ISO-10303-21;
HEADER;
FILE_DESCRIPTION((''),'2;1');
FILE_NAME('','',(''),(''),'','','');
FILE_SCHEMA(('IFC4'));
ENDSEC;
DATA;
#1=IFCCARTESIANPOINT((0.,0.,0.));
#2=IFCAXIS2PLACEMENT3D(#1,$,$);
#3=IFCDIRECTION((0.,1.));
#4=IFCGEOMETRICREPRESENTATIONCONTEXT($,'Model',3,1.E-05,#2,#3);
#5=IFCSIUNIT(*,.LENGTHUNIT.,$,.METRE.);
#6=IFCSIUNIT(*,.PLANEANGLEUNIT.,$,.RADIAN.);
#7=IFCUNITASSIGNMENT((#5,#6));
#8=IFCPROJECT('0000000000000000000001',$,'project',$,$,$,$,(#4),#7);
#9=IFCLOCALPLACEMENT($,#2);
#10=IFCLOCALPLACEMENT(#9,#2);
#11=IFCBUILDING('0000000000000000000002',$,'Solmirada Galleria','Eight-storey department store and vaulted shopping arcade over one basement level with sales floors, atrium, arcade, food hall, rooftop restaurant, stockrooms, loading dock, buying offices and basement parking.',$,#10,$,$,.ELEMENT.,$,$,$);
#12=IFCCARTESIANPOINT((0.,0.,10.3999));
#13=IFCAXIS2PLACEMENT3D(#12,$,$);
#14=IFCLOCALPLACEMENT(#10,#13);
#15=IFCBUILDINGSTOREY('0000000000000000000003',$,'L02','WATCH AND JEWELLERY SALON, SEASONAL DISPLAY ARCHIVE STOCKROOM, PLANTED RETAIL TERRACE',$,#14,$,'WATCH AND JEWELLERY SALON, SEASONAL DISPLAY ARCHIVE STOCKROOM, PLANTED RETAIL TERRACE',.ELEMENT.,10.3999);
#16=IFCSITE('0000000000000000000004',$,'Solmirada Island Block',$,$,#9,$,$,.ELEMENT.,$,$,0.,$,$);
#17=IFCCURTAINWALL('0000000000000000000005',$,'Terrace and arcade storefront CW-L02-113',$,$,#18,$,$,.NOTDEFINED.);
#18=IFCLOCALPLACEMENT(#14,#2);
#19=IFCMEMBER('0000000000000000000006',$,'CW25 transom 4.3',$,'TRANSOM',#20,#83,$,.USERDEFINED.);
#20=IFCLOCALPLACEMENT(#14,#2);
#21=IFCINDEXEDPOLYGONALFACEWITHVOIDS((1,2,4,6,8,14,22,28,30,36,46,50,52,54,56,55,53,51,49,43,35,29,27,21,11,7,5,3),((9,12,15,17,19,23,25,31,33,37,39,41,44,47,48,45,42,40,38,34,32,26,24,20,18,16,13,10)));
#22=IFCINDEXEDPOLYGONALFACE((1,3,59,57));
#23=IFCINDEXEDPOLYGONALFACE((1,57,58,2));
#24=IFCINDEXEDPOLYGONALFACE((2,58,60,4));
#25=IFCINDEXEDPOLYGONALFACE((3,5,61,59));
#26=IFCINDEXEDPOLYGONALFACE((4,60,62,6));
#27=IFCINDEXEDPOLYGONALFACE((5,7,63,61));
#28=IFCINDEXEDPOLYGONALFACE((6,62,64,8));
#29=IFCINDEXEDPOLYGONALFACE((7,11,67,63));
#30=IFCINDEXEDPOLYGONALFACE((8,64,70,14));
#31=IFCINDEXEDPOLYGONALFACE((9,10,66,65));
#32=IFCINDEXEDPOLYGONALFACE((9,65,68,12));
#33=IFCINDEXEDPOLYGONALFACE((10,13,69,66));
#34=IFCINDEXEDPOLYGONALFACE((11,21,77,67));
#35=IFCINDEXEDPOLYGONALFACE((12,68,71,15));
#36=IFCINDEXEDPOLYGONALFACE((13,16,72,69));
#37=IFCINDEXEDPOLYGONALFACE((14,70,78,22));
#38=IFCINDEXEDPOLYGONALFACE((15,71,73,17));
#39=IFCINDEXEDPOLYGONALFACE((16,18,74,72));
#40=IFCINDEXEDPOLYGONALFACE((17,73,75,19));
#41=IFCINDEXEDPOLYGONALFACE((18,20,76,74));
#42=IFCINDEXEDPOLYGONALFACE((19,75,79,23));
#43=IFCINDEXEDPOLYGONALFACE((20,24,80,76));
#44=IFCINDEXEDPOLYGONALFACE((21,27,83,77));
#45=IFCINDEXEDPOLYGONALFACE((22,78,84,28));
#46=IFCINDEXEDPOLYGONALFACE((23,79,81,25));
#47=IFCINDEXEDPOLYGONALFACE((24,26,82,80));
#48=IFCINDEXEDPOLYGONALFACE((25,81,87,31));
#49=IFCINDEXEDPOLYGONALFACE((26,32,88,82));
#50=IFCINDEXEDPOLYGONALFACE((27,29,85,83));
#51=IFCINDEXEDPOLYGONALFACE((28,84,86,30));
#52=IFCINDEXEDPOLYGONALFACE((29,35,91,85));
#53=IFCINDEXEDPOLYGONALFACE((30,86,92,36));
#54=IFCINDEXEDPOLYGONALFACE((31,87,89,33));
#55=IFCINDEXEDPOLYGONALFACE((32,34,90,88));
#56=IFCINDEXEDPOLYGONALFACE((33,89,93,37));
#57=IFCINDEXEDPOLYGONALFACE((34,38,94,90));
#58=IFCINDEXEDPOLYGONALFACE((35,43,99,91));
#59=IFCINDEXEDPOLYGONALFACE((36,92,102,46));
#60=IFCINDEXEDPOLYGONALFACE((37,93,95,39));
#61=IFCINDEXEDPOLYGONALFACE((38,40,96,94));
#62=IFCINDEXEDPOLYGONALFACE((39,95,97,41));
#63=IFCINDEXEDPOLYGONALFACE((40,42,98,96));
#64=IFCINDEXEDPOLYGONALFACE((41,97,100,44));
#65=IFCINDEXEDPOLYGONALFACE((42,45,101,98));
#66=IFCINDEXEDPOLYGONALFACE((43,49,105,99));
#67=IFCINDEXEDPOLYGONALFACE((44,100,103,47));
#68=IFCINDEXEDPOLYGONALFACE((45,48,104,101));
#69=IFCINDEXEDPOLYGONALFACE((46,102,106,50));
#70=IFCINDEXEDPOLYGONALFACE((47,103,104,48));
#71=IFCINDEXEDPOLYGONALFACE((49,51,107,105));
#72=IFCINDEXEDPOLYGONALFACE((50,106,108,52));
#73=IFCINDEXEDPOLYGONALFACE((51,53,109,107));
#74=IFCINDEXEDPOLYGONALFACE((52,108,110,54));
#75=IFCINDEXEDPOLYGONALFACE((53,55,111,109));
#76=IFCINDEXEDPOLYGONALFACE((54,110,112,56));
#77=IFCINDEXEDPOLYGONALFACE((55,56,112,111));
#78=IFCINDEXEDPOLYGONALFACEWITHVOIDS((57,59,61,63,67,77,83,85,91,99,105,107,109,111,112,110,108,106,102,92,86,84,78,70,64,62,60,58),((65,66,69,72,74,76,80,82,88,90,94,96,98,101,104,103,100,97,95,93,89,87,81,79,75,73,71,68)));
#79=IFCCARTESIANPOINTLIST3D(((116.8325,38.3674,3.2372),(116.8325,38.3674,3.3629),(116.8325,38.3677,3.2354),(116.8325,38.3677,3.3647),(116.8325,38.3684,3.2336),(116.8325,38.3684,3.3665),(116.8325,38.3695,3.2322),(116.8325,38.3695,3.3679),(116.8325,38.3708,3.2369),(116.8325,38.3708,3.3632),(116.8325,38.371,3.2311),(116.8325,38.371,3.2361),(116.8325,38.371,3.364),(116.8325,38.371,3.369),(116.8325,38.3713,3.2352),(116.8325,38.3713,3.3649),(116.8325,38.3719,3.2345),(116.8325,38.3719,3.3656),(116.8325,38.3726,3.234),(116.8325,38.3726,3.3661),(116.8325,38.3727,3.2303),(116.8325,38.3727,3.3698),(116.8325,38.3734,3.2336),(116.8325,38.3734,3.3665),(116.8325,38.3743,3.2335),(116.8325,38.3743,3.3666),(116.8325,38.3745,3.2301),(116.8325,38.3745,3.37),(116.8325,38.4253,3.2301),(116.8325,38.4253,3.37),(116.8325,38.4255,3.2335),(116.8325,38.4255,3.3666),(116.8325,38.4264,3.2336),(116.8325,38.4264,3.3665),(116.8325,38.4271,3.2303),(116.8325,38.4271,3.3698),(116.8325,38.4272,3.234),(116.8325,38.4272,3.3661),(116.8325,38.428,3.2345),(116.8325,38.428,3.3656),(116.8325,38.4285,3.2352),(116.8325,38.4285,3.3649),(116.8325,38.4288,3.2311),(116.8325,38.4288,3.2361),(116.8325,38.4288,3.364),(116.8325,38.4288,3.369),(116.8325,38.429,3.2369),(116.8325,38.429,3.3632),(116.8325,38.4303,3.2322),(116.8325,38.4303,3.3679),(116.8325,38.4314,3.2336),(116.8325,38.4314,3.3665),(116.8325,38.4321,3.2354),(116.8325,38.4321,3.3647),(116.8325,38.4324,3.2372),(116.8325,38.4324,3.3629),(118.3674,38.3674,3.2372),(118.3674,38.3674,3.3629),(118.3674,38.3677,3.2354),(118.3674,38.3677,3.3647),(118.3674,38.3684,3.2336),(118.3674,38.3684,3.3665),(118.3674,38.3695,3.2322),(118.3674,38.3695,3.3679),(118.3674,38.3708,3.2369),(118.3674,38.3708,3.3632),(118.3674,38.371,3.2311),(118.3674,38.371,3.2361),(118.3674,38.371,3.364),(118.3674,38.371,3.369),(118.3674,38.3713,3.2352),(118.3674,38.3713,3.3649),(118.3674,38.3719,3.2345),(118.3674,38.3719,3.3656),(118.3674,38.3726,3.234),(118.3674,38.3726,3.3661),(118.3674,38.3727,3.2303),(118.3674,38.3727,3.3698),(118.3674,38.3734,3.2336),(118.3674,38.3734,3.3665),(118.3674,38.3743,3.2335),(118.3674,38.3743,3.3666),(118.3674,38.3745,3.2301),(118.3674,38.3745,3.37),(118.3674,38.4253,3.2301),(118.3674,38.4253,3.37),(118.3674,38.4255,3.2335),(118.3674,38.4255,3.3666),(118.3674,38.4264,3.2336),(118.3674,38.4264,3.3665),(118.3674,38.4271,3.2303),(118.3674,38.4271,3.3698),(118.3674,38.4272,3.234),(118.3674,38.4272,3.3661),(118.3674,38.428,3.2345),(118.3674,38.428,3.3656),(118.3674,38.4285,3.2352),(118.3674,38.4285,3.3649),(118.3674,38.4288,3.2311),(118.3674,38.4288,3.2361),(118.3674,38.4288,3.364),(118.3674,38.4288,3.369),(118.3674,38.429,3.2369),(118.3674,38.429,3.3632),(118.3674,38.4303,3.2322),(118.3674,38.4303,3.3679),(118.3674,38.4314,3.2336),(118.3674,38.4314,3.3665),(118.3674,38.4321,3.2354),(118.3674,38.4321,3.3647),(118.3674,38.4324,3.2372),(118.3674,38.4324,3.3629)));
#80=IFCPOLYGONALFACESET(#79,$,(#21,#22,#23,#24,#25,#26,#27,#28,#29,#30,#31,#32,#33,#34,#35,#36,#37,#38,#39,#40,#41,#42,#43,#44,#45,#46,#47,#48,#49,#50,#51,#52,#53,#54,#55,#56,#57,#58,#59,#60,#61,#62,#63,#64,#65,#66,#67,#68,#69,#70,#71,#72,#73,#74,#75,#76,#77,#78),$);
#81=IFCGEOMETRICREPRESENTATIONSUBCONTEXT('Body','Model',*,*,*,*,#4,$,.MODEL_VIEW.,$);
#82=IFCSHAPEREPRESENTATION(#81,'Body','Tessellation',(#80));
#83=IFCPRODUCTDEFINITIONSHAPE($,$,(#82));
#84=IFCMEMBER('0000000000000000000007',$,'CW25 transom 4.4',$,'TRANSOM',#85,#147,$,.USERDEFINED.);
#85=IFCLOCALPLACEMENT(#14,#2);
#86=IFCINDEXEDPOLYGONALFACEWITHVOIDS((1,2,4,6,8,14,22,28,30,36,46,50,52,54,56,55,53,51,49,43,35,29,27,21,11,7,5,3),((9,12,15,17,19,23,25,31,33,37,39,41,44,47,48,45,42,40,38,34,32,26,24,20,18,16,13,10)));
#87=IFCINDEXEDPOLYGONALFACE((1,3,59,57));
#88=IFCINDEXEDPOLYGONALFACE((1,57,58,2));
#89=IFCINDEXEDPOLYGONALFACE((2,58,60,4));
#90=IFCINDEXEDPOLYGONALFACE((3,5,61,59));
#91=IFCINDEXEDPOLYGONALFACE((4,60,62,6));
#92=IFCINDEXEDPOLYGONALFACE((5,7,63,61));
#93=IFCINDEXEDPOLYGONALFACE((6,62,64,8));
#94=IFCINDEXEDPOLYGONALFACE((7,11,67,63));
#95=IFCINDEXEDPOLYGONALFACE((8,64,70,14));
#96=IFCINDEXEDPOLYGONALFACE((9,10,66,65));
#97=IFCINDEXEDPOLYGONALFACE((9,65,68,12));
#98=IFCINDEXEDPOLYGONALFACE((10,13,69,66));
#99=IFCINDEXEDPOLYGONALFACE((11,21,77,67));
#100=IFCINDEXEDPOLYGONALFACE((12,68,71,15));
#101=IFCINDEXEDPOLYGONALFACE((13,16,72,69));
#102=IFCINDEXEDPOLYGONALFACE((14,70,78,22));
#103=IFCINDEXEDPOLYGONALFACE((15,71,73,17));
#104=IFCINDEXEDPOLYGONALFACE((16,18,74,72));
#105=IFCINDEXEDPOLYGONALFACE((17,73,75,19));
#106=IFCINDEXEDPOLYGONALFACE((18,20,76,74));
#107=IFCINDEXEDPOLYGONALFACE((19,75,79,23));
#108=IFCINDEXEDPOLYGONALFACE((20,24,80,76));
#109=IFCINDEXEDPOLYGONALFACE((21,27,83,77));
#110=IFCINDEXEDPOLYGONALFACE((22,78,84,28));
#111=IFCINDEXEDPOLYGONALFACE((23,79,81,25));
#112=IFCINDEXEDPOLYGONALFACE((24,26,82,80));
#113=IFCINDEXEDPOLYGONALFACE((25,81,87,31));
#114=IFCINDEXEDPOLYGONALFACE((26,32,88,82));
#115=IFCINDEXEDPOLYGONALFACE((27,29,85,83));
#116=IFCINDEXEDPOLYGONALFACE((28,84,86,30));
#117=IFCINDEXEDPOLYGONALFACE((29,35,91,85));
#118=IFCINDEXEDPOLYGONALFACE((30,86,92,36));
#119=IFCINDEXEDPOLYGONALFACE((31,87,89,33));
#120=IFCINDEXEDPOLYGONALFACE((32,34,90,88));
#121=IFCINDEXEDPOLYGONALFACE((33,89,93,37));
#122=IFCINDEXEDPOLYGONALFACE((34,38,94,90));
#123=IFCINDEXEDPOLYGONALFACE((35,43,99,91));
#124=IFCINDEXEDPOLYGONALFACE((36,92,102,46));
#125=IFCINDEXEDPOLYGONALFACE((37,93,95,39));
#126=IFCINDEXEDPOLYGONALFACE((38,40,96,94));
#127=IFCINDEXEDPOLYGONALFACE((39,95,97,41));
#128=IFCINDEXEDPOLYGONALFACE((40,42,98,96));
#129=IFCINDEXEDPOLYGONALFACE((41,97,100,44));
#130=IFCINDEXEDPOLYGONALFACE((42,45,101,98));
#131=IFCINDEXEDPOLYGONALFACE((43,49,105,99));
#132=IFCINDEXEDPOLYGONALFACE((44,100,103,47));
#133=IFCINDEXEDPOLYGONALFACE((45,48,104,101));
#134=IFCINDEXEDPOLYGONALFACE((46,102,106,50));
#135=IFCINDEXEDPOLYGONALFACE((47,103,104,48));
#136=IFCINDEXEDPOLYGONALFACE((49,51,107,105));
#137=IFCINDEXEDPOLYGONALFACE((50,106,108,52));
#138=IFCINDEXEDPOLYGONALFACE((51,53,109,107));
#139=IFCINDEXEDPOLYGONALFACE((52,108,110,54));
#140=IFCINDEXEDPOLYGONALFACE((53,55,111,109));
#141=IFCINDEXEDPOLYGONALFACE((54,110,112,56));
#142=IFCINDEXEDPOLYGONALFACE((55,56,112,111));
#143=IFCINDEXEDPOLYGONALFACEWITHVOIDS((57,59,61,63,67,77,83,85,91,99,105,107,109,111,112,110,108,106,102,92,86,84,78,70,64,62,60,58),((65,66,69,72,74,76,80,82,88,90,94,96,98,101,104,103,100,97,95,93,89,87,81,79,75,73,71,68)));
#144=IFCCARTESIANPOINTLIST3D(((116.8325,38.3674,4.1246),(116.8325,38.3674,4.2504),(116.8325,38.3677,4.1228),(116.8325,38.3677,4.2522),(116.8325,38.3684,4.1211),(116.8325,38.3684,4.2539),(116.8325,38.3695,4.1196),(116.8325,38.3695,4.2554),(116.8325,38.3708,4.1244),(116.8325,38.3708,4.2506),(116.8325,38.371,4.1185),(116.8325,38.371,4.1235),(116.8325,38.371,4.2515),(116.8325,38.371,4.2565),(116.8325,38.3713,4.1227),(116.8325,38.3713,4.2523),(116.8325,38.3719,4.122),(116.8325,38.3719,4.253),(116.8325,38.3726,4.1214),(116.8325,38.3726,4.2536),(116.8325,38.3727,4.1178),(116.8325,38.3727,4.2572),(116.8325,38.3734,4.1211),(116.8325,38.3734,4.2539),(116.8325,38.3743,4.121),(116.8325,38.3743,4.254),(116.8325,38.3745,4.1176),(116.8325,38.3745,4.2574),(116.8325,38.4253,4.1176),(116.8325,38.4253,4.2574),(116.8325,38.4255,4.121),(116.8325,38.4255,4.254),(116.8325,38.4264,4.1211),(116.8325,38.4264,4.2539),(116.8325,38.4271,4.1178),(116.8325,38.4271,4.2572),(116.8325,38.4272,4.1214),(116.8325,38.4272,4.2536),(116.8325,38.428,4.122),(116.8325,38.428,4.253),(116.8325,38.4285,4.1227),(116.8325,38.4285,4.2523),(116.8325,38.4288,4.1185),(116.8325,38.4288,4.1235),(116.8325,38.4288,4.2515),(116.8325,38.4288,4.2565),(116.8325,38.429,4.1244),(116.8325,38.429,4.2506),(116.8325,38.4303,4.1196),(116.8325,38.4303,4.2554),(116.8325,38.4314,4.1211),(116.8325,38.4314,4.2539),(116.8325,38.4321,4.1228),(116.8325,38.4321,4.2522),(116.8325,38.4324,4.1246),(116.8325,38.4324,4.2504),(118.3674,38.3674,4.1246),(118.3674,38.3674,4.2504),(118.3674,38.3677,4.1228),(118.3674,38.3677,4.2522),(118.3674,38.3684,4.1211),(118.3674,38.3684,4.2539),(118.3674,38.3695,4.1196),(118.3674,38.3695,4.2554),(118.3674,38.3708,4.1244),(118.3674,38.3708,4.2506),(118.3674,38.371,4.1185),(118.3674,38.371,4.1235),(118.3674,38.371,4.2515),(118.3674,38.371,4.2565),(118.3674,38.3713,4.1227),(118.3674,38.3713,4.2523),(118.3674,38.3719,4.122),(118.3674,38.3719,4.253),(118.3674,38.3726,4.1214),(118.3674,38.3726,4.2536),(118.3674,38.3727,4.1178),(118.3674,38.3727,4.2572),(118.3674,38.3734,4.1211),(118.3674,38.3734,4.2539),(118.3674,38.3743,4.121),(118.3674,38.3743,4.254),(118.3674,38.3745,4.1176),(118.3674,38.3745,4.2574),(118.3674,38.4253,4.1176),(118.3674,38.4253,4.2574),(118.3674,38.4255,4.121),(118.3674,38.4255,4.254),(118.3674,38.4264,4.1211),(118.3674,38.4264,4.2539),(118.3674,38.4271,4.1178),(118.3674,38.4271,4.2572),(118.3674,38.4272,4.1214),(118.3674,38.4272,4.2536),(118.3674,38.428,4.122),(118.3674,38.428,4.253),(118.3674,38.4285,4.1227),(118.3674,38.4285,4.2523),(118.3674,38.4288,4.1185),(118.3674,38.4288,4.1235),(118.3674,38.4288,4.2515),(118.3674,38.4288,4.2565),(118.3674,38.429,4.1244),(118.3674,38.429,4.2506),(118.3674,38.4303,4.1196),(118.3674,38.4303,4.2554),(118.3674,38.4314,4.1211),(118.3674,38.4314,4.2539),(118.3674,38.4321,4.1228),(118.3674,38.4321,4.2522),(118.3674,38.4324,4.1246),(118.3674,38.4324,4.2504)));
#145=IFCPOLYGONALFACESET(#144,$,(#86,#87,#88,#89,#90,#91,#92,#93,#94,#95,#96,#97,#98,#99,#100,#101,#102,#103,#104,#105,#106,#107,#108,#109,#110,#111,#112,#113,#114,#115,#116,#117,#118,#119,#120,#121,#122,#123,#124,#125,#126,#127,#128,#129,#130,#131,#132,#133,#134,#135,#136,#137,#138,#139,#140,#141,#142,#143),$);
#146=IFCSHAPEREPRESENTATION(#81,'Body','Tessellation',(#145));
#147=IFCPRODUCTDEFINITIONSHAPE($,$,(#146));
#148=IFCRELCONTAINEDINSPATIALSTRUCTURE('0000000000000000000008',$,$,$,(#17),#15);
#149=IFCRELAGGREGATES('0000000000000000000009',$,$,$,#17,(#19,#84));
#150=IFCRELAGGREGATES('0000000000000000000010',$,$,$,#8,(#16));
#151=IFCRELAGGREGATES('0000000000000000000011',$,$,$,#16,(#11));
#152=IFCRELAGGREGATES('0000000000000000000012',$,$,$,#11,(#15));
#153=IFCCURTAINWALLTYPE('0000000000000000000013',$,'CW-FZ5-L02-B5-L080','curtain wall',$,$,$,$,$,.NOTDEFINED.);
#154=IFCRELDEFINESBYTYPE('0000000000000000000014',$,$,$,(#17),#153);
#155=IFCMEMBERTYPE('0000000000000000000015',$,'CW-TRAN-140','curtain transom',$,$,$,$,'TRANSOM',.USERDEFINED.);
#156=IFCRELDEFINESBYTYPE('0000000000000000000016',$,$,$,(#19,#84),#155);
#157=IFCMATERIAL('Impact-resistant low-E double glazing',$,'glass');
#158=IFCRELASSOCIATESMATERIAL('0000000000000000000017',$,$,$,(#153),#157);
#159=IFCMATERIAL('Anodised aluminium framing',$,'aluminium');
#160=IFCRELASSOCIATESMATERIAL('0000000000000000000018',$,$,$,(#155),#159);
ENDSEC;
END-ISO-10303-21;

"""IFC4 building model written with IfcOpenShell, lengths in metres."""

from ifc_helpers import new_model, si_unit, direction, frame, origin, origin_2d, place, context, subcontext, project, spatial, hollow_rectangle, extrude, material, material_profile, profile_set, type_object, element, aggregate, save


model = new_model("IFC4")

# Units and contexts
model_context = context("Model", 3, precision=1e-05, world=origin(), true_north=direction((0.0, 1.0)))
body_context = subcontext(model_context, "Body", "Model", "MODEL_VIEW")
ifc_project = project(units=[si_unit("LENGTHUNIT", "METRE"), si_unit("PLANEANGLEUNIT", "RADIAN")], contexts=[model_context])

# Site, building, storey
site_placement = place(None, origin())
site = spatial("IfcSite", under=ifc_project, at=site_placement, Name="Solmirada Island Block", CompositionType="ELEMENT", RefElevation=0.0)
building_placement = place(site_placement, origin())
building = spatial("IfcBuilding", under=site, at=building_placement, Name="Solmirada Galleria", Description="Eight-storey department store and vaulted shopping arcade over one basement level with sales floors, atrium, arcade, food hall, rooftop restaurant, stockrooms, loading dock, buying offices and basement parking.", CompositionType="ELEMENT")
storey_placement = place(building_placement, frame((0.0, 0.0, 10.3999)))
storey = spatial("IfcBuildingStorey", under=building, at=storey_placement, Name="L02", Description="WATCH AND JEWELLERY SALON, SEASONAL DISPLAY ARCHIVE STOCKROOM, PLANTED RETAIL TERRACE", LongName="WATCH AND JEWELLERY SALON, SEASONAL DISPLAY ARCHIVE STOCKROOM, PLANTED RETAIL TERRACE", CompositionType="ELEMENT", Elevation=10.3999)

# Curtain wall, members
ifc_material_1 = material(Name="Impact-resistant low-E double glazing", Category="glass")
curtain_wall_type = type_object("IfcCurtainWallType", Name="CW-FZ5-L02-B5-L080", Description="curtain wall", PredefinedType="NOTDEFINED", material=ifc_material_1)
curtain_wall_placement = place(storey_placement, origin())
curtain_wall = element("IfcCurtainWall", 1, at=curtain_wall_placement, inside=storey, type_object=curtain_wall_type, Name="Terrace and arcade storefront CW-L02-113", PredefinedType="NOTDEFINED")
ifc_material_2 = material(Name="Anodised aluminium framing", Category="aluminium")
ifc_material_profile_1 = material_profile(ifc_material_2, hollow_rectangle(XDim=0.0649, YDim=0.1399, WallThickness=0.0034, InnerFilletRadius=0.0034, OuterFilletRadius=0.0071, at=origin_2d()), Name="ALU-TRAN-140X65")
ifc_profile_set_1 = profile_set([ifc_material_profile_1], Name="Anodised aluminium framing")
member_type_1 = type_object("IfcMemberType", Name="CW-TRAN-140", Description="curtain transom", ElementType="TRANSOM", PredefinedType="USERDEFINED", material=ifc_profile_set_1)
member_1_placement = place(storey_placement, frame((116.8325, 38.3999, 3.3), z_axis=(1.0, 0.0, 0.0), x_axis=(0.0, 1.0, 0.0)))
member_1 = element("IfcMember", 2, at=member_1_placement, type_object=member_type_1, Name="CW25 transom 4.3", ObjectType="TRANSOM", PredefinedType="USERDEFINED", context=body_context, shape_type="SweptSolid", body=[
    extrude(hollow_rectangle(XDim=0.0649, YDim=0.1399, WallThickness=0.0034, InnerFilletRadius=0.0034, OuterFilletRadius=0.0071, at=origin_2d()), origin(), (0.0, 0.0, 1.0), 1.5349),
])
member_2_placement = place(storey_placement, frame((116.8325, 38.3999, 4.1875), z_axis=(1.0, 0.0, 0.0), x_axis=(0.0, 1.0, 0.0)))
member_2 = element("IfcMember", 3, at=member_2_placement, type_object=member_type_1, Name="CW25 transom 4.4", ObjectType="TRANSOM", PredefinedType="USERDEFINED", context=body_context, shape_type="SweptSolid", body=[
    extrude(hollow_rectangle(XDim=0.0649, YDim=0.1399, WallThickness=0.0034, InnerFilletRadius=0.0034, OuterFilletRadius=0.0071, at=origin_2d()), origin(), (0.0, 0.0, 1.0), 1.5349),
])
aggregate(curtain_wall, [member_1, member_2])

save(model, "model.ifc")
